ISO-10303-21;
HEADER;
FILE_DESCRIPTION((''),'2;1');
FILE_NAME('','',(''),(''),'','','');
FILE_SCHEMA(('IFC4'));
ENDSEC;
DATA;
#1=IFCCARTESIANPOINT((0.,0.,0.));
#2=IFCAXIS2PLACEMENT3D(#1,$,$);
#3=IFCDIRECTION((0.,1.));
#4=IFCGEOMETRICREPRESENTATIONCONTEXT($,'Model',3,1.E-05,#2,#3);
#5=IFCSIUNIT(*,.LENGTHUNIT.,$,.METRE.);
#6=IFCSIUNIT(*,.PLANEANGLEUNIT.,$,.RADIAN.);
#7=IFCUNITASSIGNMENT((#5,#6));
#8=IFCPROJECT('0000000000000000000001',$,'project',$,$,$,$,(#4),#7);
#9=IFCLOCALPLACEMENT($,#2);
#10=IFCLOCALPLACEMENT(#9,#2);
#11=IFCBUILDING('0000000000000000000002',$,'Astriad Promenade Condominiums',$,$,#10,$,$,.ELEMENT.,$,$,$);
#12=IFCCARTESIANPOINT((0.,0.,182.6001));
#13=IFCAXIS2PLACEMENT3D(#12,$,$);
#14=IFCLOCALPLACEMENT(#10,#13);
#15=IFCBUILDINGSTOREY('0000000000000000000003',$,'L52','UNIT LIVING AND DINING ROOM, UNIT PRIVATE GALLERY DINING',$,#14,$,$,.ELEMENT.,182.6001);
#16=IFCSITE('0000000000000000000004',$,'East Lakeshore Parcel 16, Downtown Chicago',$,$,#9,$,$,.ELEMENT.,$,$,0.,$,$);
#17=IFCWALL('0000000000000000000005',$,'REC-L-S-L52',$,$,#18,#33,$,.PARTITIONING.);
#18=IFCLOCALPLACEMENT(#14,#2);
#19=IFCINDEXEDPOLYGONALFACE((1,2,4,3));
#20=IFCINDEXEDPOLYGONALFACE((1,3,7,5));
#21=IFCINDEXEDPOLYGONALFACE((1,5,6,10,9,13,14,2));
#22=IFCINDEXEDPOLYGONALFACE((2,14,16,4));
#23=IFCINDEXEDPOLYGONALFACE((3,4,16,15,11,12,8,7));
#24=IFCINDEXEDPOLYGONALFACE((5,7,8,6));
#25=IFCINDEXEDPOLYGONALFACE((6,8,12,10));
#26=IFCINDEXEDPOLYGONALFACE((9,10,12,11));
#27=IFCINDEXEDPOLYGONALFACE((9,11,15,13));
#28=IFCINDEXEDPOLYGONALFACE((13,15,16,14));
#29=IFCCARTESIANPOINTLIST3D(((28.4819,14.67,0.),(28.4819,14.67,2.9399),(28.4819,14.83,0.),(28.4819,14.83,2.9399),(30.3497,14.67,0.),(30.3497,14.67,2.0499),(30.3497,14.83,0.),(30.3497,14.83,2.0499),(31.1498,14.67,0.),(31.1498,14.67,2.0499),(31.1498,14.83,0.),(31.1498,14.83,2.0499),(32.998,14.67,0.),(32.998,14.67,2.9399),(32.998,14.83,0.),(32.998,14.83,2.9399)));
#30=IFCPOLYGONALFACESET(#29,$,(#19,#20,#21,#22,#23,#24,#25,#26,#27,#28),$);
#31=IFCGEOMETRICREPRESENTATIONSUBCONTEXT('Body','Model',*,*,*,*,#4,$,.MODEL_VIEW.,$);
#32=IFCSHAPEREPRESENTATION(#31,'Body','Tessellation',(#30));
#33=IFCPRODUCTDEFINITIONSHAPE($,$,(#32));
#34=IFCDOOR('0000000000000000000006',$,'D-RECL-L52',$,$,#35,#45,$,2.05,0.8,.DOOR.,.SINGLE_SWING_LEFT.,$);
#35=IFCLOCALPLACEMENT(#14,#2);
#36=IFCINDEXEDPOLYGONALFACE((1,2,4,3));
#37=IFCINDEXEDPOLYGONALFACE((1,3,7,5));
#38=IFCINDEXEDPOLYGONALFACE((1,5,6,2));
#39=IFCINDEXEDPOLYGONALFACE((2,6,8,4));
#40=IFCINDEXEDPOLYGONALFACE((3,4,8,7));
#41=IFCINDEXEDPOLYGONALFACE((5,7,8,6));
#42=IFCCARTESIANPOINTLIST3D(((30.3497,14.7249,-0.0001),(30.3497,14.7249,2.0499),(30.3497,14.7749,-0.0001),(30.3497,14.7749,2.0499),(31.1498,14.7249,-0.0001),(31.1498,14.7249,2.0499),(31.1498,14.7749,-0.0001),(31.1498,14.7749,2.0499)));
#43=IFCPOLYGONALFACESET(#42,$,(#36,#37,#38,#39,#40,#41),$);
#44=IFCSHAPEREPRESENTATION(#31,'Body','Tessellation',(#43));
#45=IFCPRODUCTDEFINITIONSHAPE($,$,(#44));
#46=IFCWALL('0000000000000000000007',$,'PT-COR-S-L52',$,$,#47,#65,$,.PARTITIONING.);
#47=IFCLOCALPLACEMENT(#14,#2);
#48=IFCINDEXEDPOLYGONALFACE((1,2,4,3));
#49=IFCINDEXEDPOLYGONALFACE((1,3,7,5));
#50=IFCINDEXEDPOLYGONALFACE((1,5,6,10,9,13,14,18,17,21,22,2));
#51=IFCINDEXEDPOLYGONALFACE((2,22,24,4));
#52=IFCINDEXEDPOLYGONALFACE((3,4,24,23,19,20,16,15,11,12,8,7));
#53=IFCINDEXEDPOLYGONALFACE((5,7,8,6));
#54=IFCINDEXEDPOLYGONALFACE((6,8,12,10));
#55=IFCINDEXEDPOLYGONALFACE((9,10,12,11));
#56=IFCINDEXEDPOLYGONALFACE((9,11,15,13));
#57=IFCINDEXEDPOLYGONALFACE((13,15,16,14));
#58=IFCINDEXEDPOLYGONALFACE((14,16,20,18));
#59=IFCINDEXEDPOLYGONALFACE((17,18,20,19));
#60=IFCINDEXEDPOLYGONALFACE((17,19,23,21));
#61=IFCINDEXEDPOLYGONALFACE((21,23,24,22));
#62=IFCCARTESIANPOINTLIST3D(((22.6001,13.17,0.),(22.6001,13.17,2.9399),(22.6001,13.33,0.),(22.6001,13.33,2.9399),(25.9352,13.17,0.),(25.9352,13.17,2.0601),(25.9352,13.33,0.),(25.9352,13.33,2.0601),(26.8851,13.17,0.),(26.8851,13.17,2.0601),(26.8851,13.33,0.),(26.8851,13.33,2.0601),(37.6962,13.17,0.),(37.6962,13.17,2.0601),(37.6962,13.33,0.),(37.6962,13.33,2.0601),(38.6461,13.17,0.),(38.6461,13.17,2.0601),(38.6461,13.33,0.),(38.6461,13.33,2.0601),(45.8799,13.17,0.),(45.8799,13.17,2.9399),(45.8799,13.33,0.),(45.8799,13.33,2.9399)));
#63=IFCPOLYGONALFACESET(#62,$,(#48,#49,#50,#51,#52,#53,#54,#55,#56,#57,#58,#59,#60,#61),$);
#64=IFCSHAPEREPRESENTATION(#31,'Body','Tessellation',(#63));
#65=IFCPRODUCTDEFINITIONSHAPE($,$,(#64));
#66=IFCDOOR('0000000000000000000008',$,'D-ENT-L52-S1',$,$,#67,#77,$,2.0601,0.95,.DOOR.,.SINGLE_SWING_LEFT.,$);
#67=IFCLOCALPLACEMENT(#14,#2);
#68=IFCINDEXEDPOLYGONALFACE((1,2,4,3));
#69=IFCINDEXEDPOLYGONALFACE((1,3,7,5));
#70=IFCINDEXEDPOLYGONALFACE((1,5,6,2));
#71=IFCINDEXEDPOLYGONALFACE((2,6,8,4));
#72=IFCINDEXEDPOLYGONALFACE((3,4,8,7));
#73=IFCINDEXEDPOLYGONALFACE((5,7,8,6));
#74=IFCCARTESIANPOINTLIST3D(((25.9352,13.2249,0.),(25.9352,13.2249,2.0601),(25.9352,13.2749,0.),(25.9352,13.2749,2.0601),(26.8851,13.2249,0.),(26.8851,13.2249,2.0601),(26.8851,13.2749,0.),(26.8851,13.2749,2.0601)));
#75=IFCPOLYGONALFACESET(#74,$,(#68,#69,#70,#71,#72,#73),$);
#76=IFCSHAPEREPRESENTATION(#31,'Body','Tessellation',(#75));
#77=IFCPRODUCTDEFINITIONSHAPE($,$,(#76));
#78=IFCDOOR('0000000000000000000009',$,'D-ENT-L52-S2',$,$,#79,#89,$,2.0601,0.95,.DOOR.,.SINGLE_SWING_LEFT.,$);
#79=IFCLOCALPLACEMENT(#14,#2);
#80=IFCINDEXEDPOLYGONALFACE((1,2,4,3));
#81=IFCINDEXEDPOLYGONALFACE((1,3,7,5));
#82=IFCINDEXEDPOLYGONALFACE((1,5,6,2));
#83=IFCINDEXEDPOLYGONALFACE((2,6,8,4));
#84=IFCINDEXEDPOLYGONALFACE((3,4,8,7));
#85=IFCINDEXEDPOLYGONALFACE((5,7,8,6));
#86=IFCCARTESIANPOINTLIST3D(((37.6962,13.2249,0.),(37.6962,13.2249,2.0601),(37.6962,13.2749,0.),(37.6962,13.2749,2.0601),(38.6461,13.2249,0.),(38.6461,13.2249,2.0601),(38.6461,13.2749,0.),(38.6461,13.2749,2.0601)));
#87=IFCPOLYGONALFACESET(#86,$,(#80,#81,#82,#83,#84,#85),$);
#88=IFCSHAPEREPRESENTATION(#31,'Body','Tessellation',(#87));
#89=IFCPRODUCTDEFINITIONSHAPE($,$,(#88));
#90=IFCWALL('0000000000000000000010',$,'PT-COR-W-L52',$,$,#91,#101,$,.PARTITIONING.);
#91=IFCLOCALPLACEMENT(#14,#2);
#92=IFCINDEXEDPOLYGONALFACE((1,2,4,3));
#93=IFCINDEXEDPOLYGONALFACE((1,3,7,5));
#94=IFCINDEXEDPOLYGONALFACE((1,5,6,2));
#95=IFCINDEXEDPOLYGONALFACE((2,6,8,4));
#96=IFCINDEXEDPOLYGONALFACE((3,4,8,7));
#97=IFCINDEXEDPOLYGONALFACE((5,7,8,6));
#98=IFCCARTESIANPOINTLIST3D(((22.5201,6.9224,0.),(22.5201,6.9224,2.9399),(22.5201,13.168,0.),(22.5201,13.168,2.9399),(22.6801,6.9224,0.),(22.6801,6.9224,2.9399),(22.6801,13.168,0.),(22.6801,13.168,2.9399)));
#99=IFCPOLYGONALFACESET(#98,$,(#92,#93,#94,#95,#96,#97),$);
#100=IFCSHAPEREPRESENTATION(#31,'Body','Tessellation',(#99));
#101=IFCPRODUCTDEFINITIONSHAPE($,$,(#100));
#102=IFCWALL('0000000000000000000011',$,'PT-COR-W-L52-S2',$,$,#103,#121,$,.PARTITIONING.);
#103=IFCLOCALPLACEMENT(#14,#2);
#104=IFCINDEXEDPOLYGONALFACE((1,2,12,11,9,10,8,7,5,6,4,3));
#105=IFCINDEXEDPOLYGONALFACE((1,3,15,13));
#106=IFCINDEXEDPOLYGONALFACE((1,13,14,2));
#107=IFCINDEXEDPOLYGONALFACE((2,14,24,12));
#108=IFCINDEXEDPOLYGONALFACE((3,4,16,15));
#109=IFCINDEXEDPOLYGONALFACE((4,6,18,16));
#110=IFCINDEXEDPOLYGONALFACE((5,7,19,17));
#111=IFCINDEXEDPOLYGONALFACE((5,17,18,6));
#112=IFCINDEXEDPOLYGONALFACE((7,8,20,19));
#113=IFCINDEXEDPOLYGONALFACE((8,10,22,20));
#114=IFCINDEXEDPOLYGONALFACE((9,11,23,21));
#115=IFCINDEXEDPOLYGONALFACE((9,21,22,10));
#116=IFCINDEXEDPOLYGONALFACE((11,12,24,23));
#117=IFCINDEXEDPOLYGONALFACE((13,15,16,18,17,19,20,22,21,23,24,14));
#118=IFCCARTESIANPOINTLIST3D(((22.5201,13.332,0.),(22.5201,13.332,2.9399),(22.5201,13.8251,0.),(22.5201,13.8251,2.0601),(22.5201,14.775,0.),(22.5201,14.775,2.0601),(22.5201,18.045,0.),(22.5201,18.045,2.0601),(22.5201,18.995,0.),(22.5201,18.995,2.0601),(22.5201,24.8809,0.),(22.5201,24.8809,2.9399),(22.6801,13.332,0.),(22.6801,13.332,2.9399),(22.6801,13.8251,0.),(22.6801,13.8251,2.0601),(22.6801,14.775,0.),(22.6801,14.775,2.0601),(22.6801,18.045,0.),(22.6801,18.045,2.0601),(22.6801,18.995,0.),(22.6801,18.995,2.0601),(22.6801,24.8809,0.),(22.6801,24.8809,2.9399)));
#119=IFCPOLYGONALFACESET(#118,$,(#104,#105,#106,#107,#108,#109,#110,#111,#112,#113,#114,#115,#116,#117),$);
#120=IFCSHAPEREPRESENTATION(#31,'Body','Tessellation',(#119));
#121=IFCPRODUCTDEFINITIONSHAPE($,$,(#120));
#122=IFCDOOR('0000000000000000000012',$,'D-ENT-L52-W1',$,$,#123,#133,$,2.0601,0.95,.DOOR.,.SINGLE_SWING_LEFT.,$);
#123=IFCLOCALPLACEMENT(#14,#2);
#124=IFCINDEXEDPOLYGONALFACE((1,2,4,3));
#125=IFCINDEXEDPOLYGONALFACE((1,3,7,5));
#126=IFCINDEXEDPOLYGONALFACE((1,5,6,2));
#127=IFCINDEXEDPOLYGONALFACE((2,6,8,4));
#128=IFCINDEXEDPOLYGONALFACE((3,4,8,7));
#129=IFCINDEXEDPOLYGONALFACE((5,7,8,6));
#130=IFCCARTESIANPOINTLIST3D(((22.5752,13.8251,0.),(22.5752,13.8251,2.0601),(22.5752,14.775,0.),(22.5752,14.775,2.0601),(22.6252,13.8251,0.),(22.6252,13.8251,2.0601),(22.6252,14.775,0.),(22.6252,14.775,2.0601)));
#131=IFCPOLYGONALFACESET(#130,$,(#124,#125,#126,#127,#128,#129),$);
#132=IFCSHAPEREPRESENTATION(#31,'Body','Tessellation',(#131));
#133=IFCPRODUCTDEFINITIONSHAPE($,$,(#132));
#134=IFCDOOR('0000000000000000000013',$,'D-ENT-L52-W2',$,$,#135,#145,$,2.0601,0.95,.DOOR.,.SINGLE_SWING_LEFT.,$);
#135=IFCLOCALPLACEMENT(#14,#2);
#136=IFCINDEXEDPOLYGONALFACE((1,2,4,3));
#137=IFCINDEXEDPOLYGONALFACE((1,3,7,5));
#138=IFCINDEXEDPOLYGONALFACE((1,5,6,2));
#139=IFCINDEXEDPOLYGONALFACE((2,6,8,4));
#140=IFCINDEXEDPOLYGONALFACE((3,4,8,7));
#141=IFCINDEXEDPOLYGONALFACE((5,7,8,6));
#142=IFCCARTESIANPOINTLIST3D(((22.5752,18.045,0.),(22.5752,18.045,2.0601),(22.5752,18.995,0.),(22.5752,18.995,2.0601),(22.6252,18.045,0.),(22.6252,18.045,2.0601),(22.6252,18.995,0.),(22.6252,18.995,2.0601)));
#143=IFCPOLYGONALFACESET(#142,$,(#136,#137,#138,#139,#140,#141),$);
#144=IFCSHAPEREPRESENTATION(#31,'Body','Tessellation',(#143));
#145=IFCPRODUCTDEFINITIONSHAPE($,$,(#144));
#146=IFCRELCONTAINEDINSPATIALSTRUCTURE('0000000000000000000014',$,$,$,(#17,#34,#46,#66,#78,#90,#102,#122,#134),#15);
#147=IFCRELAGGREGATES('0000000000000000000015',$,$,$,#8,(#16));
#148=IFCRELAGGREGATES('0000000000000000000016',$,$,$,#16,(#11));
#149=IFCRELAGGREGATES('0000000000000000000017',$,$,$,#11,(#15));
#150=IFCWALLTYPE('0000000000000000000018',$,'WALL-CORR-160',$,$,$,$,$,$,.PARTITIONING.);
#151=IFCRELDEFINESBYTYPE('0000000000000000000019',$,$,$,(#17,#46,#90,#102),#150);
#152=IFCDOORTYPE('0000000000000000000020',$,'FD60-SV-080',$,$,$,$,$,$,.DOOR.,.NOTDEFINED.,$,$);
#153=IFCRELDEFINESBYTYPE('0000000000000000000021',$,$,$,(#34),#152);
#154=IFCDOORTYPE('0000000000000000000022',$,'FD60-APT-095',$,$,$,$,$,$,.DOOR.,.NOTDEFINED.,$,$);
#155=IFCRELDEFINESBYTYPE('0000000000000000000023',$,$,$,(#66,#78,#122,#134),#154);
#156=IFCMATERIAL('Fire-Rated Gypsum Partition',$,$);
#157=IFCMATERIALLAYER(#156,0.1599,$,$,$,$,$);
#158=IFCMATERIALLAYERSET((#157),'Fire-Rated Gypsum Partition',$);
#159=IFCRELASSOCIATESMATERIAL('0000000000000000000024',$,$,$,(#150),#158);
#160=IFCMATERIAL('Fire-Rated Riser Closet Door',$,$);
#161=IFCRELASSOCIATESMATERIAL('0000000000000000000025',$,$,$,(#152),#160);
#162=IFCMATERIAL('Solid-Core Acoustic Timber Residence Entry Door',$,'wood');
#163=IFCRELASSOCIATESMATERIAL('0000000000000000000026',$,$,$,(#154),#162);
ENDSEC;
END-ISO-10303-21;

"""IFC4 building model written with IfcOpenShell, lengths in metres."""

from ifc_helpers import new_model, si_unit, direction, frame, frame_2d, origin, place, context, subcontext, project, spatial, rectangle, extrude, source, transform, mapped, material, layer, layer_set, type_object, type_shapes, element, fill, save


model = new_model("IFC4")

# Units and contexts
model_context = context("Model", 3, precision=1e-05, world=origin(), true_north=direction((0.0, 1.0)))
body_context = subcontext(model_context, "Body", "Model", "MODEL_VIEW")
ifc_project = project(units=[si_unit("LENGTHUNIT", "METRE"), si_unit("PLANEANGLEUNIT", "RADIAN")], contexts=[model_context])

# Site, building, storey
site_placement = place(None, origin())
site = spatial("IfcSite", under=ifc_project, at=site_placement, Name="East Lakeshore Parcel 16, Downtown Chicago", CompositionType="ELEMENT", RefElevation=0.0)
building_placement = place(site_placement, origin())
building = spatial("IfcBuilding", under=site, at=building_placement, Name="Astriad Promenade Condominiums", CompositionType="ELEMENT")
storey_placement = place(building_placement, frame((0.0, 0.0, 182.6001)))
storey = spatial("IfcBuildingStorey", under=building, at=storey_placement, Name="L52", Description="UNIT LIVING AND DINING ROOM, UNIT PRIVATE GALLERY DINING", CompositionType="ELEMENT", Elevation=182.6001)

# Shared definitions
ifc_material_1 = material(Name="Fire-Rated Gypsum Partition")
ifc_layer_1 = layer(ifc_material_1, 0.1599)
ifc_layer_set_1 = layer_set([ifc_layer_1], Name="Fire-Rated Gypsum Partition")
wall_type_1 = type_object("IfcWallType", Name="WALL-CORR-160", PredefinedType="PARTITIONING", material=ifc_layer_set_1)

# Wall, opening, door
wall_1_placement = place(storey_placement, frame((28.4819, 14.75, 0.0), z_axis=(0.0, 0.0, 1.0), x_axis=(1.0, 0.0, 0.0)))
wall_1 = element("IfcWall", 1, at=wall_1_placement, inside=storey, type_object=wall_type_1, Name="REC-L-S-L52", PredefinedType="PARTITIONING", context=body_context, shape_type="SweptSolid", body=[
    extrude(rectangle(XDim=4.5161, YDim=0.1599, at=frame_2d((2.2581, 0.0))), origin(), (0.0, 0.0, 1.0), 2.9399),
])
opening_1_placement = place(wall_1_placement, frame((1.8679, 0.0, 0.0)))
opening_1 = element("IfcOpeningElement", 2, at=opening_1_placement, cuts=wall_1, PredefinedType="OPENING", context=body_context, shape_type="SweptSolid", body=[
    extrude(rectangle(XDim=0.8, YDim=2.05, at=frame_2d((0.3999, 1.0249))), frame((0.0, 0.0898, 0.0), z_axis=(0.0, -1.0, 0.0), x_axis=(1.0, 0.0, 0.0)), (0.0, 0.0, 1.0), 0.1799),
])
ifc_material_2 = material(Name="Fire-Rated Riser Closet Door")
door_type_1 = type_object("IfcDoorType", Name="FD60-SV-080", OperationType="NOTDEFINED", PredefinedType="DOOR", material=ifc_material_2)
shared_shape_1 = source(origin(), body_context, "Body", "SweptSolid", [
    extrude(rectangle(XDim=0.8, YDim=2.05, at=frame_2d((0.3999, 1.0249))), frame((0.0, 0.0249, 0.0), z_axis=(0.0, -1.0, 0.0), x_axis=(1.0, 0.0, 0.0)), (0.0, 0.0, 1.0), 0.05),
])
type_shapes(door_type_1, [shared_shape_1])
door_1_placement = place(opening_1_placement, origin())
door_1 = element("IfcDoor", 3, at=door_1_placement, inside=storey, type_object=door_type_1, Name="D-RECL-L52", OperationType="SINGLE_SWING_LEFT", OverallHeight=2.05, OverallWidth=0.8, PredefinedType="DOOR", context=body_context, shape_type="MappedRepresentation", body=[
    mapped(shared_shape_1, transform((0.0, 0.0, 0.0), scale=1.0)),
])
fill(opening_1, door_1)

# Wall, openings, doors
wall_2_placement = place(storey_placement, frame((22.6001, 13.25, 0.0), z_axis=(0.0, 0.0, 1.0), x_axis=(1.0, 0.0, 0.0)))
wall_2 = element("IfcWall", 4, at=wall_2_placement, inside=storey, type_object=wall_type_1, Name="PT-COR-S-L52", PredefinedType="PARTITIONING", context=body_context, shape_type="SweptSolid", body=[
    extrude(rectangle(XDim=23.2798, YDim=0.1599, at=frame_2d((11.6399, 0.0))), origin(), (0.0, 0.0, 1.0), 2.9399),
])
opening_2_placement = place(wall_2_placement, frame((3.335, 0.0, 0.0)))
opening_2 = element("IfcOpeningElement", 5, at=opening_2_placement, cuts=wall_2, PredefinedType="OPENING", context=body_context, shape_type="SweptSolid", body=[
    extrude(rectangle(XDim=0.95, YDim=2.0601, at=frame_2d((0.4751, 1.03))), frame((0.0, 0.0898, 0.0), z_axis=(0.0, -1.0, 0.0), x_axis=(1.0, 0.0, 0.0)), (0.0, 0.0, 1.0), 0.1799),
])
opening_3_placement = place(wall_2_placement, frame((15.0959, 0.0, 0.0)))
opening_3 = element("IfcOpeningElement", 6, at=opening_3_placement, cuts=wall_2, PredefinedType="OPENING", context=body_context, shape_type="SweptSolid", body=[
    extrude(rectangle(XDim=0.95, YDim=2.0601, at=frame_2d((0.4751, 1.03))), frame((0.0, 0.0898, 0.0), z_axis=(0.0, -1.0, 0.0), x_axis=(1.0, 0.0, 0.0)), (0.0, 0.0, 1.0), 0.1799),
])
ifc_material_3 = material(Name="Solid-Core Acoustic Timber Residence Entry Door", Category="wood")
door_type_2 = type_object("IfcDoorType", Name="FD60-APT-095", OperationType="NOTDEFINED", PredefinedType="DOOR", material=ifc_material_3)
shared_shape_2 = source(origin(), body_context, "Body", "SweptSolid", [
    extrude(rectangle(XDim=0.95, YDim=2.0601, at=frame_2d((0.4751, 1.03))), frame((0.0, 0.0249, 0.0), z_axis=(0.0, -1.0, 0.0), x_axis=(1.0, 0.0, 0.0)), (0.0, 0.0, 1.0), 0.05),
])
type_shapes(door_type_2, [shared_shape_2])
door_2_placement = place(opening_2_placement, origin())
door_2 = element("IfcDoor", 7, at=door_2_placement, inside=storey, type_object=door_type_2, Name="D-ENT-L52-S1", OperationType="SINGLE_SWING_LEFT", OverallHeight=2.0601, OverallWidth=0.95, PredefinedType="DOOR", context=body_context, shape_type="MappedRepresentation", body=[
    mapped(shared_shape_2, transform((0.0, 0.0, 0.0), scale=1.0)),
])
fill(opening_2, door_2)
door_3_placement = place(opening_3_placement, origin())
door_3 = element("IfcDoor", 8, at=door_3_placement, inside=storey, type_object=door_type_2, Name="D-ENT-L52-S2", OperationType="SINGLE_SWING_LEFT", OverallHeight=2.0601, OverallWidth=0.95, PredefinedType="DOOR", context=body_context, shape_type="MappedRepresentation", body=[
    mapped(shared_shape_2, transform((0.0, 0.0, 0.0), scale=1.0)),
])
fill(opening_3, door_3)

# Wall
wall_3_placement = place(storey_placement, frame((22.6001, 6.9224, 0.0), z_axis=(0.0, 0.0, 1.0), x_axis=(0.0, 1.0, 0.0)))
element("IfcWall", 9, at=wall_3_placement, inside=storey, type_object=wall_type_1, Name="PT-COR-W-L52", PredefinedType="PARTITIONING", context=body_context, shape_type="SweptSolid", body=[
    extrude(rectangle(XDim=6.2456, YDim=0.1599, at=frame_2d((3.1228, 0.0))), origin(), (0.0, 0.0, 1.0), 2.9399),
])

# Wall, openings, doors
wall_4_placement = place(storey_placement, frame((22.6001, 13.332, 0.0), z_axis=(0.0, 0.0, 1.0), x_axis=(0.0, 1.0, 0.0)))
wall_4 = element("IfcWall", 10, at=wall_4_placement, inside=storey, type_object=wall_type_1, Name="PT-COR-W-L52-S2", PredefinedType="PARTITIONING", context=body_context, shape_type="SweptSolid", body=[
    extrude(rectangle(XDim=11.5488, YDim=0.1599, at=frame_2d((5.7744, 0.0))), origin(), (0.0, 0.0, 1.0), 2.9399),
])
opening_4_placement = place(wall_4_placement, frame((0.4929, 0.0, 0.0)))
opening_4 = element("IfcOpeningElement", 11, at=opening_4_placement, cuts=wall_4, PredefinedType="OPENING", context=body_context, shape_type="SweptSolid", body=[
    extrude(rectangle(XDim=0.95, YDim=2.0601, at=frame_2d((0.4751, 1.03))), frame((0.0, 0.0898, 0.0), z_axis=(0.0, -1.0, 0.0), x_axis=(1.0, 0.0, 0.0)), (0.0, 0.0, 1.0), 0.1799),
])
opening_5_placement = place(wall_4_placement, frame((4.7129, 0.0, 0.0)))
opening_5 = element("IfcOpeningElement", 12, at=opening_5_placement, cuts=wall_4, PredefinedType="OPENING", context=body_context, shape_type="SweptSolid", body=[
    extrude(rectangle(XDim=0.95, YDim=2.0601, at=frame_2d((0.4751, 1.03))), frame((0.0, 0.0898, 0.0), z_axis=(0.0, -1.0, 0.0), x_axis=(1.0, 0.0, 0.0)), (0.0, 0.0, 1.0), 0.1799),
])
door_4_placement = place(opening_4_placement, origin())
door_4 = element("IfcDoor", 13, at=door_4_placement, inside=storey, type_object=door_type_2, Name="D-ENT-L52-W1", OperationType="SINGLE_SWING_LEFT", OverallHeight=2.0601, OverallWidth=0.95, PredefinedType="DOOR", context=body_context, shape_type="MappedRepresentation", body=[
    mapped(shared_shape_2, transform((0.0, 0.0, 0.0), scale=1.0)),
])
fill(opening_4, door_4)
door_5_placement = place(opening_5_placement, origin())
door_5 = element("IfcDoor", 14, at=door_5_placement, inside=storey, type_object=door_type_2, Name="D-ENT-L52-W2", OperationType="SINGLE_SWING_LEFT", OverallHeight=2.0601, OverallWidth=0.95, PredefinedType="DOOR", context=body_context, shape_type="MappedRepresentation", body=[
    mapped(shared_shape_2, transform((0.0, 0.0, 0.0), scale=1.0)),
])
fill(opening_5, door_5)

save(model, "model.ifc")
